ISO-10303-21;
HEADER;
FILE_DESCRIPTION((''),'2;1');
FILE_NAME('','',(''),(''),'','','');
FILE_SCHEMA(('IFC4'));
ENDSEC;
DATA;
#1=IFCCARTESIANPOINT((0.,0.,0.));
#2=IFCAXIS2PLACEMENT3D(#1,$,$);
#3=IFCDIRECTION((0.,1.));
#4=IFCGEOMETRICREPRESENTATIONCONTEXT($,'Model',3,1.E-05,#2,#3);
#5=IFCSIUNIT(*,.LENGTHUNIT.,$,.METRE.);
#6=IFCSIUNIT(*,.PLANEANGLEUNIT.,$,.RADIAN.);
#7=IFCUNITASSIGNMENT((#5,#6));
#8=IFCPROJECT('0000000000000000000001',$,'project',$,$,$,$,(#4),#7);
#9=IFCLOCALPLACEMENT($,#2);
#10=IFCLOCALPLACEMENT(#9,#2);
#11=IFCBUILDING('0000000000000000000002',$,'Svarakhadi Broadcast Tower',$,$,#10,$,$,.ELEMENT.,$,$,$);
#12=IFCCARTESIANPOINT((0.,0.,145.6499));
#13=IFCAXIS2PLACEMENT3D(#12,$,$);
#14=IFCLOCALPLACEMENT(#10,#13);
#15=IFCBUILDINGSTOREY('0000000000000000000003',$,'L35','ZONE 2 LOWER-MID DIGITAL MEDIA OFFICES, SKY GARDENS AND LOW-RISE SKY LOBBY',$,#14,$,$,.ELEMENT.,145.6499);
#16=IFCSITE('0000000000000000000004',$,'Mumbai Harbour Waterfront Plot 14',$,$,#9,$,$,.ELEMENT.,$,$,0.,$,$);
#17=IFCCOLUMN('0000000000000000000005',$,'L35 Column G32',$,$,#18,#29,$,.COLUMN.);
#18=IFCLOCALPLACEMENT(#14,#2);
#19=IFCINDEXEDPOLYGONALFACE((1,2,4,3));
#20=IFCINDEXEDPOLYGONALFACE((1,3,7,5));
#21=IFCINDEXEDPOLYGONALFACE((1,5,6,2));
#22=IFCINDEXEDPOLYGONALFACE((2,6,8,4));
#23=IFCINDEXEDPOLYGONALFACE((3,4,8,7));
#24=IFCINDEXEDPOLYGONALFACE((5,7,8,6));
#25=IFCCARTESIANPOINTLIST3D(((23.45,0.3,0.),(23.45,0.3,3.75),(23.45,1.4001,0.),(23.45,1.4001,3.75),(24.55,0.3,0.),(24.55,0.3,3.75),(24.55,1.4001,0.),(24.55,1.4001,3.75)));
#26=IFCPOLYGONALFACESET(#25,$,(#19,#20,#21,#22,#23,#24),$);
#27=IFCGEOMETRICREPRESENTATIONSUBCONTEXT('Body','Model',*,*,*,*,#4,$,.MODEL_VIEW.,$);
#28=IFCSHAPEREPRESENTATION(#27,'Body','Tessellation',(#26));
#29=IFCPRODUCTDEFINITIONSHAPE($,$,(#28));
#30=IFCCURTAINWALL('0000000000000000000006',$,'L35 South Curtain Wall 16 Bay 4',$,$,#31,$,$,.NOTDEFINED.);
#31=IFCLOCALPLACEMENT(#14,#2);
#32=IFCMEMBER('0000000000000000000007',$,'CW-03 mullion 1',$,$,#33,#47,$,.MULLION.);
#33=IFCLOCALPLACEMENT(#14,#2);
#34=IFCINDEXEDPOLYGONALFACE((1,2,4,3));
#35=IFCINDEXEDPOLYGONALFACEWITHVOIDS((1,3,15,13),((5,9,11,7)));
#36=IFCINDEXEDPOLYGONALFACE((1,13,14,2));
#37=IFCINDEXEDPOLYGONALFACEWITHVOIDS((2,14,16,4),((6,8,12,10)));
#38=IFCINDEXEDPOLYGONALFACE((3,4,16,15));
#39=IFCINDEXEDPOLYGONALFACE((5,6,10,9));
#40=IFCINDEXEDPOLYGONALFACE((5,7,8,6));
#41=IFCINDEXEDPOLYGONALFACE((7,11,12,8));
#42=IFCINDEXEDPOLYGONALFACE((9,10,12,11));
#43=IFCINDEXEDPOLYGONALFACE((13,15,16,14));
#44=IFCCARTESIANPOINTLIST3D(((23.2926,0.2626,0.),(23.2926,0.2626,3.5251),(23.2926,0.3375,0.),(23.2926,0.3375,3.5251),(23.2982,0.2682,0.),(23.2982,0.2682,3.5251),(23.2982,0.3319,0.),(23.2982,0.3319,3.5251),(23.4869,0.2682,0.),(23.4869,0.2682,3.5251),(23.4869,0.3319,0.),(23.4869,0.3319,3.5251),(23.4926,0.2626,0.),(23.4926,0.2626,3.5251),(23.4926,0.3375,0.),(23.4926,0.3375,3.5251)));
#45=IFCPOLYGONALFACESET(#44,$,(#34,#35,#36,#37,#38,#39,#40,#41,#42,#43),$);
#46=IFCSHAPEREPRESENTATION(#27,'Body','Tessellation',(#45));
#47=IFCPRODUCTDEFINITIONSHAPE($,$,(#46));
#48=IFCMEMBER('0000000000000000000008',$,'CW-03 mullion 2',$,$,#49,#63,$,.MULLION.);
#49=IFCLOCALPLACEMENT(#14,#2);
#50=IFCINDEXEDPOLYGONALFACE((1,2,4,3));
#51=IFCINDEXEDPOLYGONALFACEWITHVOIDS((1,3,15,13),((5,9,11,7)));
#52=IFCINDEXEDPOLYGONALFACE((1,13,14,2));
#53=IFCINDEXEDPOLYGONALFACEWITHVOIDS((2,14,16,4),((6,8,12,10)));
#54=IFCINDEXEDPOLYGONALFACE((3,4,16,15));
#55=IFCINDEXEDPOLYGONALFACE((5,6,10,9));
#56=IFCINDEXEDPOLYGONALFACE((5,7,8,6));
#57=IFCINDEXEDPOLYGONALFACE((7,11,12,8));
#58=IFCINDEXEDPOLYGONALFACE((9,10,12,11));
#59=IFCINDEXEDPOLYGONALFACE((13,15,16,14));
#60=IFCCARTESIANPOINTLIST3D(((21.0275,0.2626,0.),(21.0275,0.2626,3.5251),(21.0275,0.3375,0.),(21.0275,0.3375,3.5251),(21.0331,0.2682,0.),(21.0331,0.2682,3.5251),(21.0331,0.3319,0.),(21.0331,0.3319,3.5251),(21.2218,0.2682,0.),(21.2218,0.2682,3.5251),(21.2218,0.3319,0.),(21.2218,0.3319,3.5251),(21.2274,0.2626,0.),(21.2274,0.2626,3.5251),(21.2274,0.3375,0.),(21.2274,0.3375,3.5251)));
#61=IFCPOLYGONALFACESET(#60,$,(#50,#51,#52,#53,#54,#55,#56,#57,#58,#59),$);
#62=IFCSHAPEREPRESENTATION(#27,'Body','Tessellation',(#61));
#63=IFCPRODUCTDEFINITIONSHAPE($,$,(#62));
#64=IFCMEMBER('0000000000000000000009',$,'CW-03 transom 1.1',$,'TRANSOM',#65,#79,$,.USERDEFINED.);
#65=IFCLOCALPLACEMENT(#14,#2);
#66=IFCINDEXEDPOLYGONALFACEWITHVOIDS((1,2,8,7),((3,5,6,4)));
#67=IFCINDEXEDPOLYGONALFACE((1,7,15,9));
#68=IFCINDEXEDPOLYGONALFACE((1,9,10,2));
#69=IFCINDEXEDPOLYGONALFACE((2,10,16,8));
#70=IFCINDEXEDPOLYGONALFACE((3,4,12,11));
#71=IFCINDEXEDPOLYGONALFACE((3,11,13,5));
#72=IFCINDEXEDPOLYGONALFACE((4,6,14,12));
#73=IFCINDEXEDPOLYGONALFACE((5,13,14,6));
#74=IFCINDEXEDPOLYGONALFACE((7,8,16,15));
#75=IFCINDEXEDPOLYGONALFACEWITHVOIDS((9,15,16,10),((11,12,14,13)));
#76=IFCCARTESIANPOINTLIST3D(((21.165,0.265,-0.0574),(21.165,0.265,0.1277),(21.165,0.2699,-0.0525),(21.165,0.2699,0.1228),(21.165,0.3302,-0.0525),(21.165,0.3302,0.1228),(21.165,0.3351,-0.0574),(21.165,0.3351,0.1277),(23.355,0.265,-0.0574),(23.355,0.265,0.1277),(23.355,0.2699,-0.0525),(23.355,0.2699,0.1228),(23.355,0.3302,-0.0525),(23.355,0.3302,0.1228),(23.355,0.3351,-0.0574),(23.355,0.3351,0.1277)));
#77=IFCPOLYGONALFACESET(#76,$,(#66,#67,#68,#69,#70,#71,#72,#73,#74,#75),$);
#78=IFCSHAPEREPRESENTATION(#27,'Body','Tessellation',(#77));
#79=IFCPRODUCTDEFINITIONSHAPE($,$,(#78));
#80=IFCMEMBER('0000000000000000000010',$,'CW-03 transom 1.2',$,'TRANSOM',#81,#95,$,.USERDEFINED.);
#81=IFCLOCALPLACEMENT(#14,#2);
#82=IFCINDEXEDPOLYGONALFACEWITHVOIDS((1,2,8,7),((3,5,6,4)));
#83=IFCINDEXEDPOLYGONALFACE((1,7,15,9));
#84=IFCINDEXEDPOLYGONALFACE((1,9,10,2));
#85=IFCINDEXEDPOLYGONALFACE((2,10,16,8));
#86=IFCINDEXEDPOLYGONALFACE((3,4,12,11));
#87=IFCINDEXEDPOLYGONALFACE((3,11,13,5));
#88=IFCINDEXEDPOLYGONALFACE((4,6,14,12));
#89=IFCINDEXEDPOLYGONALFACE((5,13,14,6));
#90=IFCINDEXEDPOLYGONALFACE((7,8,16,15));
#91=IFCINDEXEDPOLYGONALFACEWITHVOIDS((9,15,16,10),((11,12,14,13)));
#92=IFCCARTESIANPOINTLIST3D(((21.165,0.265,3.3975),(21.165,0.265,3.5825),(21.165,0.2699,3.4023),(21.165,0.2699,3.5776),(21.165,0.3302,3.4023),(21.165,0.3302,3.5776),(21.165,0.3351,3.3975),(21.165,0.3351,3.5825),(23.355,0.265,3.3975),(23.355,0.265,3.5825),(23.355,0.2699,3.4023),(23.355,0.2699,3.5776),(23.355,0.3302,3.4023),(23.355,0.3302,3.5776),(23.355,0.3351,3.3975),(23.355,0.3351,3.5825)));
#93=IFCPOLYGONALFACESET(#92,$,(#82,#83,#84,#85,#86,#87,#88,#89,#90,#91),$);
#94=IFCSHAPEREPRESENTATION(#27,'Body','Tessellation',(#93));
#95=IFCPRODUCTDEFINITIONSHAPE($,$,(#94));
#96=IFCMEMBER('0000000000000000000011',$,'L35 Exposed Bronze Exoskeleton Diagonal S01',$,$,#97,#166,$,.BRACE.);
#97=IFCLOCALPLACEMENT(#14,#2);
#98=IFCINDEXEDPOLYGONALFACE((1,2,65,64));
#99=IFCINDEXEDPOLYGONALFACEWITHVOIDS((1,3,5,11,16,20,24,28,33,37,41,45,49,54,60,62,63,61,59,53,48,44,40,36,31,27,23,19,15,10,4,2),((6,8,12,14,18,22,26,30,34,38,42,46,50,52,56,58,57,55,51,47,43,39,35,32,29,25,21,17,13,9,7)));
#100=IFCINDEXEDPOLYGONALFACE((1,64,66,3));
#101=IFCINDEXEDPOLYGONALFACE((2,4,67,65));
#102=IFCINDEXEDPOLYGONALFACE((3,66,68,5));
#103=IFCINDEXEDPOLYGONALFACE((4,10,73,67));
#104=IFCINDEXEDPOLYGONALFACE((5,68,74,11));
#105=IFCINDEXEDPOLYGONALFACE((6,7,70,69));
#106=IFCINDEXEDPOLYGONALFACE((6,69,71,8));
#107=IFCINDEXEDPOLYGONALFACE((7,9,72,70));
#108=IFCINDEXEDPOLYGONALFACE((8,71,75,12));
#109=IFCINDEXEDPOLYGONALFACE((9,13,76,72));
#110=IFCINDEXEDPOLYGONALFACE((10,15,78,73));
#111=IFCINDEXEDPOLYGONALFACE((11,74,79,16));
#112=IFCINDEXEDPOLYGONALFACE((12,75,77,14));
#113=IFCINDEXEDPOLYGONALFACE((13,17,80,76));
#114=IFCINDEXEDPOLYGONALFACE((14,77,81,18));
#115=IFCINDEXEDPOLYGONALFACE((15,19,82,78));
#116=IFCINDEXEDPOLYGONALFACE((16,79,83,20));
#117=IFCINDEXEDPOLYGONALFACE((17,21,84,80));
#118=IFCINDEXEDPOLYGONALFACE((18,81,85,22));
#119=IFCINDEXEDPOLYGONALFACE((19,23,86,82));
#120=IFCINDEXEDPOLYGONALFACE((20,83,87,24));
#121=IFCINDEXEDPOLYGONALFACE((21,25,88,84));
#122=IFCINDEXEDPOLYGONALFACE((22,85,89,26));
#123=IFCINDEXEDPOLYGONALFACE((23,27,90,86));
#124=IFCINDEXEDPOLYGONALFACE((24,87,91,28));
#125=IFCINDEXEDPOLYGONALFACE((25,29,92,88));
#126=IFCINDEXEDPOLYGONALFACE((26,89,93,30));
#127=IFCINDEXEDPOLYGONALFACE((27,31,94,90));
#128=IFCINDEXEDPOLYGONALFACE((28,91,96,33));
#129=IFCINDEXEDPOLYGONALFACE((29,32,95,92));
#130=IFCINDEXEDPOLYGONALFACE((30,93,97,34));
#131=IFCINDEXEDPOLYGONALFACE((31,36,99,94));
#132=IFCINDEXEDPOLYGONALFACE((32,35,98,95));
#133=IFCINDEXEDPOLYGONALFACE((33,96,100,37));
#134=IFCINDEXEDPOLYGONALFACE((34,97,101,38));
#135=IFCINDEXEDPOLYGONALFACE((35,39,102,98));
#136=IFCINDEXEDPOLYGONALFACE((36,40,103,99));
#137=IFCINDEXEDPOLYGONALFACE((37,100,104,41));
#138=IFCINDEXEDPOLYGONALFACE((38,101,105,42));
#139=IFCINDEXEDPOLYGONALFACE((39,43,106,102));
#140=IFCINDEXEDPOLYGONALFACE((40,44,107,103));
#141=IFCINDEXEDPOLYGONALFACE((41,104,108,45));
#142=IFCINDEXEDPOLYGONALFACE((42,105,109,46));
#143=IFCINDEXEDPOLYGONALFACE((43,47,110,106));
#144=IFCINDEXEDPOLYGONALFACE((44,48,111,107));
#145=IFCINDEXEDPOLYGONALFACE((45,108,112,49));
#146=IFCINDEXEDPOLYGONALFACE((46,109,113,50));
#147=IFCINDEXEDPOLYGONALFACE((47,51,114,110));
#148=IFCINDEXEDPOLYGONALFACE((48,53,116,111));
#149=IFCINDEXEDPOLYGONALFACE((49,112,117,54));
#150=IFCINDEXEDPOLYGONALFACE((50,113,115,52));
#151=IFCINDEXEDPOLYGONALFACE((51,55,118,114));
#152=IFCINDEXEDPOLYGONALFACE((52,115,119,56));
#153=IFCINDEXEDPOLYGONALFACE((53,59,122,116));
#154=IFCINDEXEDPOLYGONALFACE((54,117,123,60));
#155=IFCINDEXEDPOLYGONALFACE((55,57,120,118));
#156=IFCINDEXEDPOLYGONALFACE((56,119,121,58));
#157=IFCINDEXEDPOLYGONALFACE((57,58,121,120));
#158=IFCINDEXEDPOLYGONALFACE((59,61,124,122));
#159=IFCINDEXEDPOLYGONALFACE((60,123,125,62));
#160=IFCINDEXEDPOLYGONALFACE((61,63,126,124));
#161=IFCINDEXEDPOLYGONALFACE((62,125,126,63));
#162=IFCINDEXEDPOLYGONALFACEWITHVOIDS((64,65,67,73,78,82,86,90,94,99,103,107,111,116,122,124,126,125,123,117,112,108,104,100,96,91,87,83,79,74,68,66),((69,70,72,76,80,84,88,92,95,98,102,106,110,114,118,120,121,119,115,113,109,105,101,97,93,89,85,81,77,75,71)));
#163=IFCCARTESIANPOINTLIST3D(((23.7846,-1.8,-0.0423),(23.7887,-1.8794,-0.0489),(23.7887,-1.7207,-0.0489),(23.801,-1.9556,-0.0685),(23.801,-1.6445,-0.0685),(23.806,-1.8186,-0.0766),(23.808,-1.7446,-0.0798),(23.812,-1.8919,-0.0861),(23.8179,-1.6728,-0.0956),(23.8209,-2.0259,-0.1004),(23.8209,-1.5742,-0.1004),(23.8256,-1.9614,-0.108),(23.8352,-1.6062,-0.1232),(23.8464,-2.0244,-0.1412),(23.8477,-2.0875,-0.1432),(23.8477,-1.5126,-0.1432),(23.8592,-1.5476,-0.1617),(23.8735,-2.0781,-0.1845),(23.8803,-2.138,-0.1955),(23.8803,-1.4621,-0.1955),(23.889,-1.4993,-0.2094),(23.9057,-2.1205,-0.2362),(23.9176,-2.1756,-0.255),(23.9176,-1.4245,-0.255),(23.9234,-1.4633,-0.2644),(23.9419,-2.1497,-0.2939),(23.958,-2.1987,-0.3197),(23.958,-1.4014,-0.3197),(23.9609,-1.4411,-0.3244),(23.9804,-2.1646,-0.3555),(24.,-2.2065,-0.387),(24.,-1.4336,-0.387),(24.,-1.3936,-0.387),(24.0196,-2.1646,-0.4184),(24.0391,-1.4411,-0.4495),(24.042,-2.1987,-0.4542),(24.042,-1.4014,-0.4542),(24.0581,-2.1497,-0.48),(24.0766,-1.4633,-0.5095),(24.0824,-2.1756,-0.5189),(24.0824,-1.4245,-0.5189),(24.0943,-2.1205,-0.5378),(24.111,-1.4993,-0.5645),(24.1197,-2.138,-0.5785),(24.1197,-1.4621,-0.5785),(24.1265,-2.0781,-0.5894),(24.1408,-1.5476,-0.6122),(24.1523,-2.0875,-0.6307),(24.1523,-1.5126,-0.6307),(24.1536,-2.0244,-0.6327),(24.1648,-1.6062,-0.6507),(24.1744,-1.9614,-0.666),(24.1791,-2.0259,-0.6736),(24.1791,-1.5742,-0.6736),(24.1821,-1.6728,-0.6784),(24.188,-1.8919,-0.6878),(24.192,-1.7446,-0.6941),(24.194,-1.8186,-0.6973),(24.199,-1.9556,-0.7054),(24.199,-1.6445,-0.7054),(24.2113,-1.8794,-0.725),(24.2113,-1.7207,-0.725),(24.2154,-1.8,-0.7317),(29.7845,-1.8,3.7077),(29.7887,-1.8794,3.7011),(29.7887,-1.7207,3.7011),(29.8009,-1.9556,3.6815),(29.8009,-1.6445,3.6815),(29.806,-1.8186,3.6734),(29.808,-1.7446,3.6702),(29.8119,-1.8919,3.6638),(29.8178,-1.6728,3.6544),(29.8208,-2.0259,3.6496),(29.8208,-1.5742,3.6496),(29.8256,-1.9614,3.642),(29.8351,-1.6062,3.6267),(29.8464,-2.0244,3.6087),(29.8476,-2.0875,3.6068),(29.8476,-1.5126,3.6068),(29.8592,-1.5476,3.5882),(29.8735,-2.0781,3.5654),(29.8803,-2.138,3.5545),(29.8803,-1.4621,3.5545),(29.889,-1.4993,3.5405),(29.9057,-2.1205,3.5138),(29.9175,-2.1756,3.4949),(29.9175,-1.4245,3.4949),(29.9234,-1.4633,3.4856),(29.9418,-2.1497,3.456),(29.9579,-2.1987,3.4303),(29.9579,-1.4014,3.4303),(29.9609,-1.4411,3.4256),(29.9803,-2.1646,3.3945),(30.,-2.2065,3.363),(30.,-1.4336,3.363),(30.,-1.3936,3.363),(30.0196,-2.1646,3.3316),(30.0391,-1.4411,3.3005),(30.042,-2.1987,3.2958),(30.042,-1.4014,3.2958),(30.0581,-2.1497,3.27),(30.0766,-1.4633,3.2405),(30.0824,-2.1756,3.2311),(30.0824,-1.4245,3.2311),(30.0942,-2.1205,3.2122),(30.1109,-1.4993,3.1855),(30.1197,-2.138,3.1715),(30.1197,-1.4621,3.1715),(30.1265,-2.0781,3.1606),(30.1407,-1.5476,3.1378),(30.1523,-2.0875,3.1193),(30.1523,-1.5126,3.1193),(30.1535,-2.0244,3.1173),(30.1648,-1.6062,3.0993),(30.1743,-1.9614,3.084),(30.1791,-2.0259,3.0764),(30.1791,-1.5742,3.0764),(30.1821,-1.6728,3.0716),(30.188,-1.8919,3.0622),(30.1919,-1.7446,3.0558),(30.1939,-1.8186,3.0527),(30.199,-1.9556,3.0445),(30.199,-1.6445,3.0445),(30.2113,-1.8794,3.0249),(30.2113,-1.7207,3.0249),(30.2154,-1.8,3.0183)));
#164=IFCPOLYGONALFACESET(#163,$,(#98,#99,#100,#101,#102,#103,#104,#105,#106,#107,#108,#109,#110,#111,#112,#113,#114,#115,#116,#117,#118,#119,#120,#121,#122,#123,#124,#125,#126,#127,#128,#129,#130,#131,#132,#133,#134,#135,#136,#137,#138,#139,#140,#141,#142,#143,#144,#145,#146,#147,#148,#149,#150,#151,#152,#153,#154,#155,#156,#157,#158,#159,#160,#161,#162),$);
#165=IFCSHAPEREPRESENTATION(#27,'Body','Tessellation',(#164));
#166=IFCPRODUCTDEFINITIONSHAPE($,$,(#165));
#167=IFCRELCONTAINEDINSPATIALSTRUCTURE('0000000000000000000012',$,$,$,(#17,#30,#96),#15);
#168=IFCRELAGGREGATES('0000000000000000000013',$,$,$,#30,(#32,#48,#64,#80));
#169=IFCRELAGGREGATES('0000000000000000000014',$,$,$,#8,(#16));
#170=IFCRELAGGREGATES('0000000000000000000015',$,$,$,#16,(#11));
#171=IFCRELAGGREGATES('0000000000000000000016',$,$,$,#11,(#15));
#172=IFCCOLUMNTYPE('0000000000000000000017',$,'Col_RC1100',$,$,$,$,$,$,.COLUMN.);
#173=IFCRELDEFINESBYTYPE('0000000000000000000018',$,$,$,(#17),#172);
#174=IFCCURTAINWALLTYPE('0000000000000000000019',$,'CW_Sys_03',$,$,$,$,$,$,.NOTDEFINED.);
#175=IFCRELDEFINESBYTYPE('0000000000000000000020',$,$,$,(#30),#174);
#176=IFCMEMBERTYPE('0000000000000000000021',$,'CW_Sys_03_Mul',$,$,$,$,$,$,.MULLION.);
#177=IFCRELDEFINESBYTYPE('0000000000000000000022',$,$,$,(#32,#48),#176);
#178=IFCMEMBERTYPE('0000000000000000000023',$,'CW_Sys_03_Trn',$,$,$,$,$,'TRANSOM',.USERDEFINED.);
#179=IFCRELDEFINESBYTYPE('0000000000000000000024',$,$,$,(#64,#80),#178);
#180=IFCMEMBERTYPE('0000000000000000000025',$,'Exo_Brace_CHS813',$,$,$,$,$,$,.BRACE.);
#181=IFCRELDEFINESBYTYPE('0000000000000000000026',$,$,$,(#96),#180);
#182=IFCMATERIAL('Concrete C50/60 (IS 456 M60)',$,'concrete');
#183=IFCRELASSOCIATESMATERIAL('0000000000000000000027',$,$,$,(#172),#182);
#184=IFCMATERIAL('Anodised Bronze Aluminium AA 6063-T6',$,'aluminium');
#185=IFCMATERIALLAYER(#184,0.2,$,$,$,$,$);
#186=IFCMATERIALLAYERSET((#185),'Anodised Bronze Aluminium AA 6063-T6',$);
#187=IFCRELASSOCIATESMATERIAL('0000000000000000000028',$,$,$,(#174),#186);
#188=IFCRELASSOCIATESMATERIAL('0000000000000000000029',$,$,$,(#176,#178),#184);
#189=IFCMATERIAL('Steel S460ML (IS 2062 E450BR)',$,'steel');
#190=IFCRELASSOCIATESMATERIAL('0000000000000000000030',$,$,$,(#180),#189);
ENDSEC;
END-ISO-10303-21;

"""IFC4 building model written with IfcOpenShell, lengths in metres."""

from ifc_helpers import new_model, si_unit, direction, frame, origin, origin_2d, place, context, subcontext, project, spatial, rectangle, hollow_rectangle, hollow_circle, extrude, material, layer, layer_set, material_profile, profile_set, type_object, element, aggregate, save


model = new_model("IFC4")

# Units and contexts
model_context = context("Model", 3, precision=1e-05, world=origin(), true_north=direction((0.0, 1.0)))
body_context = subcontext(model_context, "Body", "Model", "MODEL_VIEW")
ifc_project = project(units=[si_unit("LENGTHUNIT", "METRE"), si_unit("PLANEANGLEUNIT", "RADIAN")], contexts=[model_context])

# Site, building, storey
site_placement = place(None, origin())
site = spatial("IfcSite", under=ifc_project, at=site_placement, Name="Mumbai Harbour Waterfront Plot 14", CompositionType="ELEMENT", RefElevation=0.0)
building_placement = place(site_placement, origin())
building = spatial("IfcBuilding", under=site, at=building_placement, Name="Svarakhadi Broadcast Tower", CompositionType="ELEMENT")
storey_placement = place(building_placement, frame((0.0, 0.0, 145.6499)))
storey = spatial("IfcBuildingStorey", under=building, at=storey_placement, Name="L35", Description="ZONE 2 LOWER-MID DIGITAL MEDIA OFFICES, SKY GARDENS AND LOW-RISE SKY LOBBY", CompositionType="ELEMENT", Elevation=145.6499)

# Column
ifc_material_1 = material(Name="Concrete C50/60 (IS 456 M60)", Category="concrete")
ifc_material_profile_1 = material_profile(ifc_material_1, rectangle(XDim=1.1001, YDim=1.1001, at=origin_2d()), Name="RC 1100x1100")
ifc_profile_set_1 = profile_set([ifc_material_profile_1], Name="Concrete C50/60 (IS 456 M60)")
column_type = type_object("IfcColumnType", Name="Col_RC1100", PredefinedType="COLUMN", material=ifc_profile_set_1)
column_placement = place(storey_placement, frame((24.0, 0.8501, 0.0), z_axis=(0.0, 0.0, 1.0), x_axis=(1.0, 0.0, 0.0)))
element("IfcColumn", 1, at=column_placement, inside=storey, type_object=column_type, Name="L35 Column G32", PredefinedType="COLUMN", context=body_context, shape_type="SweptSolid", body=[
    extrude(rectangle(XDim=1.1001, YDim=1.1001, at=origin_2d()), origin(), (0.0, 0.0, 1.0), 3.75),
])

# Curtain wall, members
ifc_material_2 = material(Name="Anodised Bronze Aluminium AA 6063-T6", Category="aluminium")
ifc_layer_1 = layer(ifc_material_2, 0.2)
ifc_layer_set_1 = layer_set([ifc_layer_1], Name="Anodised Bronze Aluminium AA 6063-T6")
curtain_wall_type = type_object("IfcCurtainWallType", Name="CW_Sys_03", PredefinedType="NOTDEFINED", material=ifc_layer_set_1)
curtain_wall_placement = place(storey_placement, origin())
curtain_wall = element("IfcCurtainWall", 2, at=curtain_wall_placement, inside=storey, type_object=curtain_wall_type, Name="L35 South Curtain Wall 16 Bay 4", PredefinedType="NOTDEFINED")
ifc_material_profile_2 = material_profile(ifc_material_2, hollow_rectangle(XDim=0.075, YDim=0.2, WallThickness=0.0056, at=origin_2d()), Name="ALU MULLION 200x75x6")
ifc_profile_set_2 = profile_set([ifc_material_profile_2], Name="Anodised Bronze Aluminium AA 6063-T6")
member_type_1 = type_object("IfcMemberType", Name="CW_Sys_03_Mul", PredefinedType="MULLION", material=ifc_profile_set_2)
member_1_placement = place(storey_placement, frame((23.3926, 0.3, 0.0), z_axis=(0.0, 0.0, 1.0), x_axis=(0.0, -1.0, 0.0)))
member_1 = element("IfcMember", 3, at=member_1_placement, type_object=member_type_1, Name="CW-03 mullion 1", PredefinedType="MULLION", context=body_context, shape_type="SweptSolid", body=[
    extrude(hollow_rectangle(XDim=0.075, YDim=0.2, WallThickness=0.0056, at=origin_2d()), origin(), (0.0, 0.0, 1.0), 3.5251),
])
member_2_placement = place(storey_placement, frame((21.1274, 0.3, 0.0), z_axis=(0.0, 0.0, 1.0), x_axis=(0.0, -1.0, 0.0)))
member_2 = element("IfcMember", 4, at=member_2_placement, type_object=member_type_1, Name="CW-03 mullion 2", PredefinedType="MULLION", context=body_context, shape_type="SweptSolid", body=[
    extrude(hollow_rectangle(XDim=0.075, YDim=0.2, WallThickness=0.0056, at=origin_2d()), origin(), (0.0, 0.0, 1.0), 3.5251),
])
ifc_material_profile_3 = material_profile(ifc_material_2, hollow_rectangle(XDim=0.0701, YDim=0.1851, WallThickness=0.0049, at=origin_2d()), Name="ALU TRANSOM 185x70x5")
ifc_profile_set_3 = profile_set([ifc_material_profile_3], Name="Anodised Bronze Aluminium AA 6063-T6")
member_type_2 = type_object("IfcMemberType", Name="CW_Sys_03_Trn", ElementType="TRANSOM", PredefinedType="USERDEFINED", material=ifc_profile_set_3)
member_3_placement = place(storey_placement, frame((23.355, 0.3, 0.0352), z_axis=(-1.0, 0.0, 0.0), x_axis=(0.0, -1.0, 0.0)))
member_3 = element("IfcMember", 5, at=member_3_placement, type_object=member_type_2, Name="CW-03 transom 1.1", ObjectType="TRANSOM", PredefinedType="USERDEFINED", context=body_context, shape_type="SweptSolid", body=[
    extrude(hollow_rectangle(XDim=0.0701, YDim=0.1851, WallThickness=0.0049, at=origin_2d()), origin(), (0.0, 0.0, 1.0), 2.1899),
])
member_4_placement = place(storey_placement, frame((23.355, 0.3, 3.49), z_axis=(-1.0, 0.0, 0.0), x_axis=(0.0, -1.0, 0.0)))
member_4 = element("IfcMember", 6, at=member_4_placement, type_object=member_type_2, Name="CW-03 transom 1.2", ObjectType="TRANSOM", PredefinedType="USERDEFINED", context=body_context, shape_type="SweptSolid", body=[
    extrude(hollow_rectangle(XDim=0.0701, YDim=0.1851, WallThickness=0.0049, at=origin_2d()), origin(), (0.0, 0.0, 1.0), 2.1899),
])

# Member
ifc_material_3 = material(Name="Steel S460ML (IS 2062 E450BR)", Category="steel")
ifc_material_profile_4 = material_profile(ifc_material_3, hollow_circle(Radius=0.4065, WallThickness=0.04, at=origin_2d()), Name="CHS 813x40")
ifc_profile_set_4 = profile_set([ifc_material_profile_4], Name="Steel S460ML (IS 2062 E450BR)")
member_type_3 = type_object("IfcMemberType", Name="Exo_Brace_CHS813", PredefinedType="BRACE", material=ifc_profile_set_4)
member_5_placement = place(storey_placement, frame((24.0, -1.8, -0.387), z_axis=(0.847998, 0.0, 0.529999), x_axis=(0.0, 1.0, 0.0)))
element("IfcMember", 7, at=member_5_placement, inside=storey, type_object=member_type_3, Name="L35 Exposed Bronze Exoskeleton Diagonal S01", PredefinedType="BRACE", context=body_context, shape_type="SweptSolid", body=[
    extrude(hollow_circle(Radius=0.4065, WallThickness=0.04, at=origin_2d()), origin(), (0.0, 0.0, 1.0), 7.0754),
])

aggregate(curtain_wall, [member_1, member_2, member_3, member_4])

save(model, "model.ifc")
